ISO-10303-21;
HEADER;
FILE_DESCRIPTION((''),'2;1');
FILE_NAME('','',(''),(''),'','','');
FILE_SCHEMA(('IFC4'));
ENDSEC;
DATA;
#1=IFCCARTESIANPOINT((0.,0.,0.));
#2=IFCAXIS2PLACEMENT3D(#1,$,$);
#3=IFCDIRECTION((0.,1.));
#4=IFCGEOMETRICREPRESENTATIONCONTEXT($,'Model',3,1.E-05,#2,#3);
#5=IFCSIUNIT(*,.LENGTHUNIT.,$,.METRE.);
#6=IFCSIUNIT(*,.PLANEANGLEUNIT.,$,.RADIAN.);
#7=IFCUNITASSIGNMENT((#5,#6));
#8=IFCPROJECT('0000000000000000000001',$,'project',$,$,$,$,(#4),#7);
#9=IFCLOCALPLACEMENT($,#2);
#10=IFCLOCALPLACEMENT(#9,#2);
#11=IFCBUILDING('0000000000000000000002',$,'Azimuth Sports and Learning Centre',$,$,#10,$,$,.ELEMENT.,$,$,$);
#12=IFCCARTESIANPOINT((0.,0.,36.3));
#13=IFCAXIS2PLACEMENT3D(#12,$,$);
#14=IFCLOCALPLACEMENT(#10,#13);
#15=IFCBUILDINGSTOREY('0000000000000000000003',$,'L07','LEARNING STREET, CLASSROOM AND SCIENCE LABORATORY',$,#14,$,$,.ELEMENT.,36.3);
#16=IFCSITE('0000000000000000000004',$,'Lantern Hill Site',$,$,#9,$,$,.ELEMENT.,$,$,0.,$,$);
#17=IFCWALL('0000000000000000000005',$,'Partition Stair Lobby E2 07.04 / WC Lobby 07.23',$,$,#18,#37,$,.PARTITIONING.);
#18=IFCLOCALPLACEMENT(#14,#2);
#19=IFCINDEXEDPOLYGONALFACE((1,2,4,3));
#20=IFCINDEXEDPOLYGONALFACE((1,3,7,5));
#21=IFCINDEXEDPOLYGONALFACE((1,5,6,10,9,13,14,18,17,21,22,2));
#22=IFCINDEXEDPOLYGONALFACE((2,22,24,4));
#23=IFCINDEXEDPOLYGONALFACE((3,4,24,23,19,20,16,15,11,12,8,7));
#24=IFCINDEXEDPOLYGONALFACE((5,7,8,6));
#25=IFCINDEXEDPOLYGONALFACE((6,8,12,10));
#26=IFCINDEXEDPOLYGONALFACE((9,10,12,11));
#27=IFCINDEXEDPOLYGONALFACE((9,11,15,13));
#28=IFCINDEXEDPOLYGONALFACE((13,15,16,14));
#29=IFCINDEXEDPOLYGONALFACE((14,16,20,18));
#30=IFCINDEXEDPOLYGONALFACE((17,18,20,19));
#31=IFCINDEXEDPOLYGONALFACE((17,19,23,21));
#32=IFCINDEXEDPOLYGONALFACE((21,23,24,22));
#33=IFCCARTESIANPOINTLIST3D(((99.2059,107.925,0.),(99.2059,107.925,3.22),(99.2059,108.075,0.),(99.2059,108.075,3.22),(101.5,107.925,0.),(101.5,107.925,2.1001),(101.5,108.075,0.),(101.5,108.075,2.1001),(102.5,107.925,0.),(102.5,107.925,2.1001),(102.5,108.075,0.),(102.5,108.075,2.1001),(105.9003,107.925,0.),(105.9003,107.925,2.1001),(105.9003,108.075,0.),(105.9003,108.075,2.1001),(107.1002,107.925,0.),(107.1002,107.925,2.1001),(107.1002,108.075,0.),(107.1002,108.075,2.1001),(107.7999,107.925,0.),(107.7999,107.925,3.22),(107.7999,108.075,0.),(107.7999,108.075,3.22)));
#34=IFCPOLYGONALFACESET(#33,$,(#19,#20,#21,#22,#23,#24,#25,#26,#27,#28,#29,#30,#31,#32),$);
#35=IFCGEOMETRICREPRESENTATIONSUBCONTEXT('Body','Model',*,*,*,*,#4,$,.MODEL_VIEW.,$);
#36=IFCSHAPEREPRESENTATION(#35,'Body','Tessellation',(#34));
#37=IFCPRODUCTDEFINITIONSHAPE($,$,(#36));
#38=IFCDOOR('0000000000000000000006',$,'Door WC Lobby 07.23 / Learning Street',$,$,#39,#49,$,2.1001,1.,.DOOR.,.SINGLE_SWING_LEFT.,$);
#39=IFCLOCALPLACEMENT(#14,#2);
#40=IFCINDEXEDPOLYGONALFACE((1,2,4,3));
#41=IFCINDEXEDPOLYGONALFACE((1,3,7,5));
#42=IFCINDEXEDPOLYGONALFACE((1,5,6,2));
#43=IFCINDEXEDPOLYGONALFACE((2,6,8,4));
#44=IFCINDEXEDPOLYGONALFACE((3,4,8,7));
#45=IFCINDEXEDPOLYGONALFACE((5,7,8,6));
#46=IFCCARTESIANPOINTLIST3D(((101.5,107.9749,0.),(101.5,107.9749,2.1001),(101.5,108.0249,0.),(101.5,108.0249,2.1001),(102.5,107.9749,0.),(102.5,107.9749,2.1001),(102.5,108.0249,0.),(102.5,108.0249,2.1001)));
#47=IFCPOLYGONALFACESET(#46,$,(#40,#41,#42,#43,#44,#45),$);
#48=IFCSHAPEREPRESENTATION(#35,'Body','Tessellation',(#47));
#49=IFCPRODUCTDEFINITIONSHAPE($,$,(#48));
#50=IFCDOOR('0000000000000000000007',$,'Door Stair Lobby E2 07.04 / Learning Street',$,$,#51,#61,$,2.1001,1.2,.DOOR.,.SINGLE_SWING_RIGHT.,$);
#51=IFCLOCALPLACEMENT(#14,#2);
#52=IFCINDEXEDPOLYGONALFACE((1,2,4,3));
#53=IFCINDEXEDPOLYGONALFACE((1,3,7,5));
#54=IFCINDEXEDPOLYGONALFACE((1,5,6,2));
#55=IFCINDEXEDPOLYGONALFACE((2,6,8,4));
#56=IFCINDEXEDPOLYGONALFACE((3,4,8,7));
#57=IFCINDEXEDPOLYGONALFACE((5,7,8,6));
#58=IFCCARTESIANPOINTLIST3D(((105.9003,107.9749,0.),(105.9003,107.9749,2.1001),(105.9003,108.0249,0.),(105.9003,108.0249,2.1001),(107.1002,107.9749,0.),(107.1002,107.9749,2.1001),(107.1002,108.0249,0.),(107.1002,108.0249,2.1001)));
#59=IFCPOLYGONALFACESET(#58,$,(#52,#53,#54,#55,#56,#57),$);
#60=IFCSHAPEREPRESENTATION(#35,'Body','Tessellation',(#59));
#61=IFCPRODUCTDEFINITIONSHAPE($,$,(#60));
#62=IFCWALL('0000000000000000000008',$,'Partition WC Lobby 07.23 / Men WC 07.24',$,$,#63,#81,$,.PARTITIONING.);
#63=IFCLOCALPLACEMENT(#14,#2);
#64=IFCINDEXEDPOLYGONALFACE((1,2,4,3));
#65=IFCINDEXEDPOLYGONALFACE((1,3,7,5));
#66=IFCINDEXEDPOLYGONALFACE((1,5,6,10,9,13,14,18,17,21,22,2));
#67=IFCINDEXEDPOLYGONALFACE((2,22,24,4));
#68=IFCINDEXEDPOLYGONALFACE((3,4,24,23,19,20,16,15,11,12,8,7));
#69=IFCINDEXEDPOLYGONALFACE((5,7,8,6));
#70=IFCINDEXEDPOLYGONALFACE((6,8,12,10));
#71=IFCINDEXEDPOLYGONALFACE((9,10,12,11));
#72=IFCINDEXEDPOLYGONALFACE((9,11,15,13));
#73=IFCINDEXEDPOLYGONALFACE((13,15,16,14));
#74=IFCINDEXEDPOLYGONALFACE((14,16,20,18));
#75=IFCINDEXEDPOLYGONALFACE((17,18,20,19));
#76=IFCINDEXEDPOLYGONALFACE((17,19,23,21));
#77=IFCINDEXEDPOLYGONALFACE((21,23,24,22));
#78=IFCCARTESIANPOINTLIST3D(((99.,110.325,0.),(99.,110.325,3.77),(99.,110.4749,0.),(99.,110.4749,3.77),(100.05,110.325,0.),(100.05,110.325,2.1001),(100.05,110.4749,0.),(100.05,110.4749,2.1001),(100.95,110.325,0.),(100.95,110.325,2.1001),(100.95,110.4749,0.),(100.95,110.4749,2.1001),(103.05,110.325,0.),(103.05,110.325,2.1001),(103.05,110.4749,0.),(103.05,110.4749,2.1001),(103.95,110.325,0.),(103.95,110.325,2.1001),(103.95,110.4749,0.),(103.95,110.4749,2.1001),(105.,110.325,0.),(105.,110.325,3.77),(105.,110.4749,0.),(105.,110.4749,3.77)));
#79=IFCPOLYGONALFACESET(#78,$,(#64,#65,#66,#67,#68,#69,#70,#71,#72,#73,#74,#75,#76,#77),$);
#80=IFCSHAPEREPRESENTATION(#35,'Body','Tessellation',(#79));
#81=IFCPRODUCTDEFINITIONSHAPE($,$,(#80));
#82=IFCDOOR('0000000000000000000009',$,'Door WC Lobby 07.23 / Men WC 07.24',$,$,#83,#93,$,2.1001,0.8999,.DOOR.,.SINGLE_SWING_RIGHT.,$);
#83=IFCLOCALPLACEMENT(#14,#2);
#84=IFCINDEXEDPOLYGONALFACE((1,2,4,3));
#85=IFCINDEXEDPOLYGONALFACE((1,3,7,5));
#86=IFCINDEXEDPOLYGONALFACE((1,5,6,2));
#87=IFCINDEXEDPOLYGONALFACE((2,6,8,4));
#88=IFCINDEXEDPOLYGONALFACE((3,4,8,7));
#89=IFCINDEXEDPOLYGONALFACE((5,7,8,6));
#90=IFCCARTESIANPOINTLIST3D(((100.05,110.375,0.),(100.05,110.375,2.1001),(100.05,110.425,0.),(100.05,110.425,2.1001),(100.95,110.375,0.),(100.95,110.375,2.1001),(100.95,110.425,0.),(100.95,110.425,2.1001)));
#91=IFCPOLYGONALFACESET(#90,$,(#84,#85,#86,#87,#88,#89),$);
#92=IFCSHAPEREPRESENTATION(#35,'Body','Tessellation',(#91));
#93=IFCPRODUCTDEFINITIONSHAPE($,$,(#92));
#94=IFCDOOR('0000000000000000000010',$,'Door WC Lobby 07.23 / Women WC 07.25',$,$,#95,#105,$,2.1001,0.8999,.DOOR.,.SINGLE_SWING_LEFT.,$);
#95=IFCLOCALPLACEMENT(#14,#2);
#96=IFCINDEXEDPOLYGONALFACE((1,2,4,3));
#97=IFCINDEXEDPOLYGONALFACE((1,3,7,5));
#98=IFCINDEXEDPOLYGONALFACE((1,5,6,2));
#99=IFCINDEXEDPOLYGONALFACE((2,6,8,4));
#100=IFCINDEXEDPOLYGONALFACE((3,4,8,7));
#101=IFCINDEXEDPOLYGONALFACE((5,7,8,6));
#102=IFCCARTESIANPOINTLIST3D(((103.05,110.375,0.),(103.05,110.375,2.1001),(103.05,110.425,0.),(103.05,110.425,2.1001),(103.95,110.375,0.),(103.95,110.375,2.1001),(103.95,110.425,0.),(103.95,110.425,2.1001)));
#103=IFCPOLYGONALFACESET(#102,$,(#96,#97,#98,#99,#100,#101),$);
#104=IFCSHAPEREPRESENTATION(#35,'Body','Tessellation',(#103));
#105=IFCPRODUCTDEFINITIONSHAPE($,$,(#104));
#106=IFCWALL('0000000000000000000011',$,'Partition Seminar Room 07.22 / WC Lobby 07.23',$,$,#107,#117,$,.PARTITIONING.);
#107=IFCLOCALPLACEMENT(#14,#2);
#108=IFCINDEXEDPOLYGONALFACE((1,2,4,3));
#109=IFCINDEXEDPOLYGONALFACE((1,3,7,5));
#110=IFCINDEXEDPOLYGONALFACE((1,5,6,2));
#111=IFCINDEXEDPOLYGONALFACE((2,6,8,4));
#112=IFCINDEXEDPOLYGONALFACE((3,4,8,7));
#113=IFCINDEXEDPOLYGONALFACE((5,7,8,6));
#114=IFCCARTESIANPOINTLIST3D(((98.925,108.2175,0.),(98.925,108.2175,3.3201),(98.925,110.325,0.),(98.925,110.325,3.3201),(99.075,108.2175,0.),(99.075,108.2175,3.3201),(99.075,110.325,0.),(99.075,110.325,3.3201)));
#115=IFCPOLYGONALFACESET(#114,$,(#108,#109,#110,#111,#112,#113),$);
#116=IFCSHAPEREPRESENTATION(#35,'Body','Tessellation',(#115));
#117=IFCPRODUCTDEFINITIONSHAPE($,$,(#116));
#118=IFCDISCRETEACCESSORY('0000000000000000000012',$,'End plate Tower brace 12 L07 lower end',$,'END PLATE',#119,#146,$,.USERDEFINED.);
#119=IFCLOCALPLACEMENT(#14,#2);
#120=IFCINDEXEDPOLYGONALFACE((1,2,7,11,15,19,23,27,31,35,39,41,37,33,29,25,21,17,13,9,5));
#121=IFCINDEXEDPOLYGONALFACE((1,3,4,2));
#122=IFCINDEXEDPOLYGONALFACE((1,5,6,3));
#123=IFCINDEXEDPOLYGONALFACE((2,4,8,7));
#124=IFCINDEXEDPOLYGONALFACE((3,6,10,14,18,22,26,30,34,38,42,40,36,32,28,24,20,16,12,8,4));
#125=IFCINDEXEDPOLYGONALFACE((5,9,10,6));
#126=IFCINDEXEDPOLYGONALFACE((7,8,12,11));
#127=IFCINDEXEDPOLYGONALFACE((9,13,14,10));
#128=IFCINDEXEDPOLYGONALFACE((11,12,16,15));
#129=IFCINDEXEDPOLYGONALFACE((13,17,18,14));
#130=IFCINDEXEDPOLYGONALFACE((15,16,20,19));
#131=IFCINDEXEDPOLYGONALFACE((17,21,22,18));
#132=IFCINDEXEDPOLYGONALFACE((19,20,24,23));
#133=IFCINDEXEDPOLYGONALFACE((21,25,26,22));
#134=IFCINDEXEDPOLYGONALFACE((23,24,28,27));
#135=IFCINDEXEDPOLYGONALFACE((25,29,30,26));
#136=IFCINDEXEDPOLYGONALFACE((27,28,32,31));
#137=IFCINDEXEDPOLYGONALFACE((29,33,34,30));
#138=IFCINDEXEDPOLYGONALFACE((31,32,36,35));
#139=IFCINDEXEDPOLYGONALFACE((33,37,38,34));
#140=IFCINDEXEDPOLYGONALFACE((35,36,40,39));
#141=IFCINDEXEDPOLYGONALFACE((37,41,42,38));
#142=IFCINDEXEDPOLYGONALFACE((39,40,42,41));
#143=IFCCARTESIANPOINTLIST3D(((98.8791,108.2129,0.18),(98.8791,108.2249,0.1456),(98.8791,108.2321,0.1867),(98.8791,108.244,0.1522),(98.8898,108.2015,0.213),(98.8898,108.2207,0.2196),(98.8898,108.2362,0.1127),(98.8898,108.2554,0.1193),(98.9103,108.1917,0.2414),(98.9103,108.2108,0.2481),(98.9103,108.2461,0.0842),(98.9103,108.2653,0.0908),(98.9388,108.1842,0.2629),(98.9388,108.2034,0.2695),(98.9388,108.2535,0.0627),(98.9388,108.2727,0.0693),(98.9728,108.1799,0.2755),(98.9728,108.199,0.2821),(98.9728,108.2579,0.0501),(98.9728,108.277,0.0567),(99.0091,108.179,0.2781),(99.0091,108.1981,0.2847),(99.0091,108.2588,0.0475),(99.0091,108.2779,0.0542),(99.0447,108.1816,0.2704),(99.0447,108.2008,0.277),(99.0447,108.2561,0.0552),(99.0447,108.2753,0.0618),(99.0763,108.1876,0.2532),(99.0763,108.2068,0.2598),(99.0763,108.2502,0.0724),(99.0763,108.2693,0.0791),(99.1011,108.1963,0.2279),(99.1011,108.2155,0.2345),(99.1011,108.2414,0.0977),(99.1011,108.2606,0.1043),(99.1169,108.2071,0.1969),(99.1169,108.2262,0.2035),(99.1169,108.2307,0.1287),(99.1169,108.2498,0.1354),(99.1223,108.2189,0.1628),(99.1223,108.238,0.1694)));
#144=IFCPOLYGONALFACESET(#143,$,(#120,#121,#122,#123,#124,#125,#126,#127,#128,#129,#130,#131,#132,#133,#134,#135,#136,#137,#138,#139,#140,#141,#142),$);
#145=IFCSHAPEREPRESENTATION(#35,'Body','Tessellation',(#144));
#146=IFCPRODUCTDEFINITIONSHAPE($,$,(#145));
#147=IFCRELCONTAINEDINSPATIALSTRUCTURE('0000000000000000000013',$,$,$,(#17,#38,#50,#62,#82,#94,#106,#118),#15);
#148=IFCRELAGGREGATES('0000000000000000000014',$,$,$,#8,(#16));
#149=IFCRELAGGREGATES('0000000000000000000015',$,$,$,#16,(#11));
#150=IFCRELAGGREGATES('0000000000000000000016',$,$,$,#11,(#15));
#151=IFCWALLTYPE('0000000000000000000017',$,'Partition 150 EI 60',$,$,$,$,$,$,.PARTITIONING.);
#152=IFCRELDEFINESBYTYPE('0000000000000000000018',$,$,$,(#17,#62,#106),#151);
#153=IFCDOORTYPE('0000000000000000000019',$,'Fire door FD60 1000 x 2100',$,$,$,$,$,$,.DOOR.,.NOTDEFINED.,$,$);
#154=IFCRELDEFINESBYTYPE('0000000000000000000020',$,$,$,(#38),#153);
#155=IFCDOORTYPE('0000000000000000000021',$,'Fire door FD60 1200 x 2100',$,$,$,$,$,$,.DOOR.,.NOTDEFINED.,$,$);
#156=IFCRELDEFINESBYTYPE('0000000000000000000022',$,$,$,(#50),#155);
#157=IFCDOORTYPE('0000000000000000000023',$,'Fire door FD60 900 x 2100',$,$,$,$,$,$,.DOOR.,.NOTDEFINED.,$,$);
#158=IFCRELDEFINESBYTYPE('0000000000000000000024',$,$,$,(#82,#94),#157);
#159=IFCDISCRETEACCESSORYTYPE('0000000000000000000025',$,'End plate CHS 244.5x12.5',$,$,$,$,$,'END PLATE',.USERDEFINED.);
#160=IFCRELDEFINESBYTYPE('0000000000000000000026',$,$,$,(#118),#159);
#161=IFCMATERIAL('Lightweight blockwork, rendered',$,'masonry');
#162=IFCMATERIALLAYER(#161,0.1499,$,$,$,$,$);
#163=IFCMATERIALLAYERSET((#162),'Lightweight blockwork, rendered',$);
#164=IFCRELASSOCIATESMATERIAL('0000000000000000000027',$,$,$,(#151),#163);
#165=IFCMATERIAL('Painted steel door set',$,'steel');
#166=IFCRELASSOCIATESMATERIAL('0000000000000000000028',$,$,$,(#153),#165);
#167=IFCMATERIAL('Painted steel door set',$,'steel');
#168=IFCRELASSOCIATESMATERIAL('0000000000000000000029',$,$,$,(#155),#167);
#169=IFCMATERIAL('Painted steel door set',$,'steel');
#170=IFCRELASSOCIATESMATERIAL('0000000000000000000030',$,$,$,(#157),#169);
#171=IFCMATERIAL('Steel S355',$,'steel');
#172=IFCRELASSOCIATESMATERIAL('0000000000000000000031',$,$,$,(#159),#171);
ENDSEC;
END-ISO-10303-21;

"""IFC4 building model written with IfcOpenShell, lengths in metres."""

from ifc_helpers import new_model, si_unit, direction, frame, frame_2d, origin, origin_2d, place, context, subcontext, project, spatial, rectangle, circle, extrude, material, layer, layer_set, material_profile, profile_set, type_object, element, fill, save


model = new_model("IFC4")

# Units and contexts
model_context = context("Model", 3, precision=1e-05, world=origin(), true_north=direction((0.0, 1.0)))
body_context = subcontext(model_context, "Body", "Model", "MODEL_VIEW")
ifc_project = project(units=[si_unit("LENGTHUNIT", "METRE"), si_unit("PLANEANGLEUNIT", "RADIAN")], contexts=[model_context])

# Site, building, storey
site_placement = place(None, origin())
site = spatial("IfcSite", under=ifc_project, at=site_placement, Name="Lantern Hill Site", CompositionType="ELEMENT", RefElevation=0.0)
building_placement = place(site_placement, origin())
building = spatial("IfcBuilding", under=site, at=building_placement, Name="Azimuth Sports and Learning Centre", CompositionType="ELEMENT")
storey_placement = place(building_placement, frame((0.0, 0.0, 36.3)))
storey = spatial("IfcBuildingStorey", under=building, at=storey_placement, Name="L07", Description="LEARNING STREET, CLASSROOM AND SCIENCE LABORATORY", CompositionType="ELEMENT", Elevation=36.3)

# Walls, openings, doors
ifc_material_1 = material(Name="Lightweight blockwork, rendered", Category="masonry")
ifc_layer_1 = layer(ifc_material_1, 0.1499)
ifc_layer_set_1 = layer_set([ifc_layer_1], Name="Lightweight blockwork, rendered")
wall_type_1 = type_object("IfcWallType", Name="Partition 150 EI 60", PredefinedType="PARTITIONING", material=ifc_layer_set_1)
wall_1_placement = place(storey_placement, frame((99.2061, 108.0, 0.0), z_axis=(0.0, 0.0, 1.0), x_axis=(1.0, 0.0, 0.0)))
wall_1 = element("IfcWall", 1, at=wall_1_placement, inside=storey, type_object=wall_type_1, Name="Partition Stair Lobby E2 07.04 / WC Lobby 07.23", PredefinedType="PARTITIONING", context=body_context, shape_type="SweptSolid", body=[
    extrude(rectangle(XDim=8.594, YDim=0.1499, at=frame_2d((4.2969, 0.0))), origin(), (0.0, 0.0, 1.0), 3.22),
])
opening_1_placement = place(wall_1_placement, frame((6.6941, 0.0, 0.0)))
opening_1 = element("IfcOpeningElement", 2, at=opening_1_placement, cuts=wall_1, PredefinedType="OPENING", context=body_context, shape_type="SweptSolid", body=[
    extrude(rectangle(XDim=1.2, YDim=2.1001, at=frame_2d((0.6001, 1.05))), frame((0.0, 0.0859, 0.0), z_axis=(0.0, -1.0, 0.0), x_axis=(1.0, 0.0, 0.0)), (0.0, 0.0, 1.0), 0.1719),
])
opening_2_placement = place(wall_1_placement, frame((2.2939, 0.0, 0.0)))
opening_2 = element("IfcOpeningElement", 3, at=opening_2_placement, cuts=wall_1, PredefinedType="OPENING", context=body_context, shape_type="SweptSolid", body=[
    extrude(rectangle(XDim=1.0, YDim=2.1001, at=frame_2d((0.5, 1.05))), frame((0.0, 0.0859, 0.0), z_axis=(0.0, -1.0, 0.0), x_axis=(1.0, 0.0, 0.0)), (0.0, 0.0, 1.0), 0.1719),
])
ifc_material_2 = material(Name="Painted steel door set", Category="steel")
door_type_1 = type_object("IfcDoorType", Name="Fire door FD60 1000 x 2100", OperationType="NOTDEFINED", PredefinedType="DOOR", material=ifc_material_2)
door_1_placement = place(opening_2_placement, origin())
door_1 = element("IfcDoor", 4, at=door_1_placement, inside=storey, type_object=door_type_1, Name="Door WC Lobby 07.23 / Learning Street", OperationType="SINGLE_SWING_LEFT", OverallHeight=2.1001, OverallWidth=1.0, PredefinedType="DOOR", context=body_context, shape_type="SweptSolid", body=[
    extrude(rectangle(XDim=1.0, YDim=2.1001, at=frame_2d((0.5, 1.05))), frame((0.0, 0.0249, 0.0), z_axis=(0.0, -1.0, 0.0), x_axis=(1.0, 0.0, 0.0)), (0.0, 0.0, 1.0), 0.05),
])
fill(opening_2, door_1)
ifc_material_3 = material(Name="Painted steel door set", Category="steel")
door_type_2 = type_object("IfcDoorType", Name="Fire door FD60 1200 x 2100", OperationType="NOTDEFINED", PredefinedType="DOOR", material=ifc_material_3)
door_2_placement = place(opening_1_placement, origin())
door_2 = element("IfcDoor", 5, at=door_2_placement, inside=storey, type_object=door_type_2, Name="Door Stair Lobby E2 07.04 / Learning Street", OperationType="SINGLE_SWING_RIGHT", OverallHeight=2.1001, OverallWidth=1.2, PredefinedType="DOOR", context=body_context, shape_type="SweptSolid", body=[
    extrude(rectangle(XDim=1.2, YDim=2.1001, at=frame_2d((0.6001, 1.05))), frame((0.0, 0.0249, 0.0), z_axis=(0.0, -1.0, 0.0), x_axis=(1.0, 0.0, 0.0)), (0.0, 0.0, 1.0), 0.05),
])
fill(opening_1, door_2)
wall_2_placement = place(storey_placement, frame((99.0, 110.3999, 0.0), z_axis=(0.0, 0.0, 1.0), x_axis=(1.0, 0.0, 0.0)))
wall_2 = element("IfcWall", 6, at=wall_2_placement, inside=storey, type_object=wall_type_1, Name="Partition WC Lobby 07.23 / Men WC 07.24", PredefinedType="PARTITIONING", context=body_context, shape_type="SweptSolid", body=[
    extrude(rectangle(XDim=6.0, YDim=0.1499, at=frame_2d((3.0, 0.0))), origin(), (0.0, 0.0, 1.0), 3.77),
])
opening_3_placement = place(wall_2_placement, frame((1.05, 0.0, 0.0)))
opening_3 = element("IfcOpeningElement", 7, at=opening_3_placement, cuts=wall_2, PredefinedType="OPENING", context=body_context, shape_type="SweptSolid", body=[
    extrude(rectangle(XDim=0.8999, YDim=2.1001, at=frame_2d((0.45, 1.05))), frame((0.0, 0.0859, 0.0), z_axis=(0.0, -1.0, 0.0), x_axis=(1.0, 0.0, 0.0)), (0.0, 0.0, 1.0), 0.1719),
])
opening_4_placement = place(wall_2_placement, frame((4.05, 0.0, 0.0)))
opening_4 = element("IfcOpeningElement", 8, at=opening_4_placement, cuts=wall_2, PredefinedType="OPENING", context=body_context, shape_type="SweptSolid", body=[
    extrude(rectangle(XDim=0.8999, YDim=2.1001, at=frame_2d((0.45, 1.05))), frame((0.0, 0.0859, 0.0), z_axis=(0.0, -1.0, 0.0), x_axis=(1.0, 0.0, 0.0)), (0.0, 0.0, 1.0), 0.1719),
])
ifc_material_4 = material(Name="Painted steel door set", Category="steel")
door_type_3 = type_object("IfcDoorType", Name="Fire door FD60 900 x 2100", OperationType="NOTDEFINED", PredefinedType="DOOR", material=ifc_material_4)
door_3_placement = place(opening_3_placement, frame((0.8999, 0.0, 0.0), z_axis=(0.0, 0.0, 1.0), x_axis=(-1.0, 0.0, 0.0)))
door_3 = element("IfcDoor", 9, at=door_3_placement, inside=storey, type_object=door_type_3, Name="Door WC Lobby 07.23 / Men WC 07.24", OperationType="SINGLE_SWING_RIGHT", OverallHeight=2.1001, OverallWidth=0.8999, PredefinedType="DOOR", context=body_context, shape_type="SweptSolid", body=[
    extrude(rectangle(XDim=0.8999, YDim=2.1001, at=frame_2d((0.45, 1.05))), frame((0.0, 0.0249, 0.0), z_axis=(0.0, -1.0, 0.0), x_axis=(1.0, 0.0, 0.0)), (0.0, 0.0, 1.0), 0.05),
])
fill(opening_3, door_3)
door_4_placement = place(opening_4_placement, frame((0.8999, 0.0, 0.0), z_axis=(0.0, 0.0, 1.0), x_axis=(-1.0, 0.0, 0.0)))
door_4 = element("IfcDoor", 10, at=door_4_placement, inside=storey, type_object=door_type_3, Name="Door WC Lobby 07.23 / Women WC 07.25", OperationType="SINGLE_SWING_LEFT", OverallHeight=2.1001, OverallWidth=0.8999, PredefinedType="DOOR", context=body_context, shape_type="SweptSolid", body=[
    extrude(rectangle(XDim=0.8999, YDim=2.1001, at=frame_2d((0.45, 1.05))), frame((0.0, 0.0249, 0.0), z_axis=(0.0, -1.0, 0.0), x_axis=(1.0, 0.0, 0.0)), (0.0, 0.0, 1.0), 0.05),
])
fill(opening_4, door_4)

# Wall
wall_3_placement = place(storey_placement, frame((99.0, 108.2175, 0.0), z_axis=(0.0, 0.0, 1.0), x_axis=(0.0, 1.0, 0.0)))
element("IfcWall", 11, at=wall_3_placement, inside=storey, type_object=wall_type_1, Name="Partition Seminar Room 07.22 / WC Lobby 07.23", PredefinedType="PARTITIONING", context=body_context, shape_type="SweptSolid", body=[
    extrude(rectangle(XDim=2.1074, YDim=0.1499, at=frame_2d((1.0537, 0.0))), origin(), (0.0, 0.0, 1.0), 3.3201),
])

# Discrete accessory
ifc_material_5 = material(Name="Steel S355", Category="steel")
ifc_material_profile_1 = material_profile(ifc_material_5, circle(Radius=0.1223, at=origin_2d()), Name="PL 244 DISC")
ifc_profile_set_1 = profile_set([ifc_material_profile_1], Name="Steel S355")
discrete_accessory_type = type_object("IfcDiscreteAccessoryType", Name="End plate CHS 244.5x12.5", ElementType="END PLATE", PredefinedType="USERDEFINED", material=ifc_profile_set_1)
discrete_accessory_placement = place(storey_placement, frame((99.0, 108.238, 0.1694), z_axis=(0.0, -0.944986, -0.327111), x_axis=(1.0, 0.0, 0.0)))
element("IfcDiscreteAccessory", 12, at=discrete_accessory_placement, inside=storey, type_object=discrete_accessory_type, Name="End plate Tower brace 12 L07 lower end", ObjectType="END PLATE", PredefinedType="USERDEFINED", context=body_context, shape_type="SweptSolid", body=[
    extrude(circle(Radius=0.1223, at=origin_2d()), origin(), (0.0, 0.0, 1.0), 0.0203),
])

save(model, "model.ifc")
